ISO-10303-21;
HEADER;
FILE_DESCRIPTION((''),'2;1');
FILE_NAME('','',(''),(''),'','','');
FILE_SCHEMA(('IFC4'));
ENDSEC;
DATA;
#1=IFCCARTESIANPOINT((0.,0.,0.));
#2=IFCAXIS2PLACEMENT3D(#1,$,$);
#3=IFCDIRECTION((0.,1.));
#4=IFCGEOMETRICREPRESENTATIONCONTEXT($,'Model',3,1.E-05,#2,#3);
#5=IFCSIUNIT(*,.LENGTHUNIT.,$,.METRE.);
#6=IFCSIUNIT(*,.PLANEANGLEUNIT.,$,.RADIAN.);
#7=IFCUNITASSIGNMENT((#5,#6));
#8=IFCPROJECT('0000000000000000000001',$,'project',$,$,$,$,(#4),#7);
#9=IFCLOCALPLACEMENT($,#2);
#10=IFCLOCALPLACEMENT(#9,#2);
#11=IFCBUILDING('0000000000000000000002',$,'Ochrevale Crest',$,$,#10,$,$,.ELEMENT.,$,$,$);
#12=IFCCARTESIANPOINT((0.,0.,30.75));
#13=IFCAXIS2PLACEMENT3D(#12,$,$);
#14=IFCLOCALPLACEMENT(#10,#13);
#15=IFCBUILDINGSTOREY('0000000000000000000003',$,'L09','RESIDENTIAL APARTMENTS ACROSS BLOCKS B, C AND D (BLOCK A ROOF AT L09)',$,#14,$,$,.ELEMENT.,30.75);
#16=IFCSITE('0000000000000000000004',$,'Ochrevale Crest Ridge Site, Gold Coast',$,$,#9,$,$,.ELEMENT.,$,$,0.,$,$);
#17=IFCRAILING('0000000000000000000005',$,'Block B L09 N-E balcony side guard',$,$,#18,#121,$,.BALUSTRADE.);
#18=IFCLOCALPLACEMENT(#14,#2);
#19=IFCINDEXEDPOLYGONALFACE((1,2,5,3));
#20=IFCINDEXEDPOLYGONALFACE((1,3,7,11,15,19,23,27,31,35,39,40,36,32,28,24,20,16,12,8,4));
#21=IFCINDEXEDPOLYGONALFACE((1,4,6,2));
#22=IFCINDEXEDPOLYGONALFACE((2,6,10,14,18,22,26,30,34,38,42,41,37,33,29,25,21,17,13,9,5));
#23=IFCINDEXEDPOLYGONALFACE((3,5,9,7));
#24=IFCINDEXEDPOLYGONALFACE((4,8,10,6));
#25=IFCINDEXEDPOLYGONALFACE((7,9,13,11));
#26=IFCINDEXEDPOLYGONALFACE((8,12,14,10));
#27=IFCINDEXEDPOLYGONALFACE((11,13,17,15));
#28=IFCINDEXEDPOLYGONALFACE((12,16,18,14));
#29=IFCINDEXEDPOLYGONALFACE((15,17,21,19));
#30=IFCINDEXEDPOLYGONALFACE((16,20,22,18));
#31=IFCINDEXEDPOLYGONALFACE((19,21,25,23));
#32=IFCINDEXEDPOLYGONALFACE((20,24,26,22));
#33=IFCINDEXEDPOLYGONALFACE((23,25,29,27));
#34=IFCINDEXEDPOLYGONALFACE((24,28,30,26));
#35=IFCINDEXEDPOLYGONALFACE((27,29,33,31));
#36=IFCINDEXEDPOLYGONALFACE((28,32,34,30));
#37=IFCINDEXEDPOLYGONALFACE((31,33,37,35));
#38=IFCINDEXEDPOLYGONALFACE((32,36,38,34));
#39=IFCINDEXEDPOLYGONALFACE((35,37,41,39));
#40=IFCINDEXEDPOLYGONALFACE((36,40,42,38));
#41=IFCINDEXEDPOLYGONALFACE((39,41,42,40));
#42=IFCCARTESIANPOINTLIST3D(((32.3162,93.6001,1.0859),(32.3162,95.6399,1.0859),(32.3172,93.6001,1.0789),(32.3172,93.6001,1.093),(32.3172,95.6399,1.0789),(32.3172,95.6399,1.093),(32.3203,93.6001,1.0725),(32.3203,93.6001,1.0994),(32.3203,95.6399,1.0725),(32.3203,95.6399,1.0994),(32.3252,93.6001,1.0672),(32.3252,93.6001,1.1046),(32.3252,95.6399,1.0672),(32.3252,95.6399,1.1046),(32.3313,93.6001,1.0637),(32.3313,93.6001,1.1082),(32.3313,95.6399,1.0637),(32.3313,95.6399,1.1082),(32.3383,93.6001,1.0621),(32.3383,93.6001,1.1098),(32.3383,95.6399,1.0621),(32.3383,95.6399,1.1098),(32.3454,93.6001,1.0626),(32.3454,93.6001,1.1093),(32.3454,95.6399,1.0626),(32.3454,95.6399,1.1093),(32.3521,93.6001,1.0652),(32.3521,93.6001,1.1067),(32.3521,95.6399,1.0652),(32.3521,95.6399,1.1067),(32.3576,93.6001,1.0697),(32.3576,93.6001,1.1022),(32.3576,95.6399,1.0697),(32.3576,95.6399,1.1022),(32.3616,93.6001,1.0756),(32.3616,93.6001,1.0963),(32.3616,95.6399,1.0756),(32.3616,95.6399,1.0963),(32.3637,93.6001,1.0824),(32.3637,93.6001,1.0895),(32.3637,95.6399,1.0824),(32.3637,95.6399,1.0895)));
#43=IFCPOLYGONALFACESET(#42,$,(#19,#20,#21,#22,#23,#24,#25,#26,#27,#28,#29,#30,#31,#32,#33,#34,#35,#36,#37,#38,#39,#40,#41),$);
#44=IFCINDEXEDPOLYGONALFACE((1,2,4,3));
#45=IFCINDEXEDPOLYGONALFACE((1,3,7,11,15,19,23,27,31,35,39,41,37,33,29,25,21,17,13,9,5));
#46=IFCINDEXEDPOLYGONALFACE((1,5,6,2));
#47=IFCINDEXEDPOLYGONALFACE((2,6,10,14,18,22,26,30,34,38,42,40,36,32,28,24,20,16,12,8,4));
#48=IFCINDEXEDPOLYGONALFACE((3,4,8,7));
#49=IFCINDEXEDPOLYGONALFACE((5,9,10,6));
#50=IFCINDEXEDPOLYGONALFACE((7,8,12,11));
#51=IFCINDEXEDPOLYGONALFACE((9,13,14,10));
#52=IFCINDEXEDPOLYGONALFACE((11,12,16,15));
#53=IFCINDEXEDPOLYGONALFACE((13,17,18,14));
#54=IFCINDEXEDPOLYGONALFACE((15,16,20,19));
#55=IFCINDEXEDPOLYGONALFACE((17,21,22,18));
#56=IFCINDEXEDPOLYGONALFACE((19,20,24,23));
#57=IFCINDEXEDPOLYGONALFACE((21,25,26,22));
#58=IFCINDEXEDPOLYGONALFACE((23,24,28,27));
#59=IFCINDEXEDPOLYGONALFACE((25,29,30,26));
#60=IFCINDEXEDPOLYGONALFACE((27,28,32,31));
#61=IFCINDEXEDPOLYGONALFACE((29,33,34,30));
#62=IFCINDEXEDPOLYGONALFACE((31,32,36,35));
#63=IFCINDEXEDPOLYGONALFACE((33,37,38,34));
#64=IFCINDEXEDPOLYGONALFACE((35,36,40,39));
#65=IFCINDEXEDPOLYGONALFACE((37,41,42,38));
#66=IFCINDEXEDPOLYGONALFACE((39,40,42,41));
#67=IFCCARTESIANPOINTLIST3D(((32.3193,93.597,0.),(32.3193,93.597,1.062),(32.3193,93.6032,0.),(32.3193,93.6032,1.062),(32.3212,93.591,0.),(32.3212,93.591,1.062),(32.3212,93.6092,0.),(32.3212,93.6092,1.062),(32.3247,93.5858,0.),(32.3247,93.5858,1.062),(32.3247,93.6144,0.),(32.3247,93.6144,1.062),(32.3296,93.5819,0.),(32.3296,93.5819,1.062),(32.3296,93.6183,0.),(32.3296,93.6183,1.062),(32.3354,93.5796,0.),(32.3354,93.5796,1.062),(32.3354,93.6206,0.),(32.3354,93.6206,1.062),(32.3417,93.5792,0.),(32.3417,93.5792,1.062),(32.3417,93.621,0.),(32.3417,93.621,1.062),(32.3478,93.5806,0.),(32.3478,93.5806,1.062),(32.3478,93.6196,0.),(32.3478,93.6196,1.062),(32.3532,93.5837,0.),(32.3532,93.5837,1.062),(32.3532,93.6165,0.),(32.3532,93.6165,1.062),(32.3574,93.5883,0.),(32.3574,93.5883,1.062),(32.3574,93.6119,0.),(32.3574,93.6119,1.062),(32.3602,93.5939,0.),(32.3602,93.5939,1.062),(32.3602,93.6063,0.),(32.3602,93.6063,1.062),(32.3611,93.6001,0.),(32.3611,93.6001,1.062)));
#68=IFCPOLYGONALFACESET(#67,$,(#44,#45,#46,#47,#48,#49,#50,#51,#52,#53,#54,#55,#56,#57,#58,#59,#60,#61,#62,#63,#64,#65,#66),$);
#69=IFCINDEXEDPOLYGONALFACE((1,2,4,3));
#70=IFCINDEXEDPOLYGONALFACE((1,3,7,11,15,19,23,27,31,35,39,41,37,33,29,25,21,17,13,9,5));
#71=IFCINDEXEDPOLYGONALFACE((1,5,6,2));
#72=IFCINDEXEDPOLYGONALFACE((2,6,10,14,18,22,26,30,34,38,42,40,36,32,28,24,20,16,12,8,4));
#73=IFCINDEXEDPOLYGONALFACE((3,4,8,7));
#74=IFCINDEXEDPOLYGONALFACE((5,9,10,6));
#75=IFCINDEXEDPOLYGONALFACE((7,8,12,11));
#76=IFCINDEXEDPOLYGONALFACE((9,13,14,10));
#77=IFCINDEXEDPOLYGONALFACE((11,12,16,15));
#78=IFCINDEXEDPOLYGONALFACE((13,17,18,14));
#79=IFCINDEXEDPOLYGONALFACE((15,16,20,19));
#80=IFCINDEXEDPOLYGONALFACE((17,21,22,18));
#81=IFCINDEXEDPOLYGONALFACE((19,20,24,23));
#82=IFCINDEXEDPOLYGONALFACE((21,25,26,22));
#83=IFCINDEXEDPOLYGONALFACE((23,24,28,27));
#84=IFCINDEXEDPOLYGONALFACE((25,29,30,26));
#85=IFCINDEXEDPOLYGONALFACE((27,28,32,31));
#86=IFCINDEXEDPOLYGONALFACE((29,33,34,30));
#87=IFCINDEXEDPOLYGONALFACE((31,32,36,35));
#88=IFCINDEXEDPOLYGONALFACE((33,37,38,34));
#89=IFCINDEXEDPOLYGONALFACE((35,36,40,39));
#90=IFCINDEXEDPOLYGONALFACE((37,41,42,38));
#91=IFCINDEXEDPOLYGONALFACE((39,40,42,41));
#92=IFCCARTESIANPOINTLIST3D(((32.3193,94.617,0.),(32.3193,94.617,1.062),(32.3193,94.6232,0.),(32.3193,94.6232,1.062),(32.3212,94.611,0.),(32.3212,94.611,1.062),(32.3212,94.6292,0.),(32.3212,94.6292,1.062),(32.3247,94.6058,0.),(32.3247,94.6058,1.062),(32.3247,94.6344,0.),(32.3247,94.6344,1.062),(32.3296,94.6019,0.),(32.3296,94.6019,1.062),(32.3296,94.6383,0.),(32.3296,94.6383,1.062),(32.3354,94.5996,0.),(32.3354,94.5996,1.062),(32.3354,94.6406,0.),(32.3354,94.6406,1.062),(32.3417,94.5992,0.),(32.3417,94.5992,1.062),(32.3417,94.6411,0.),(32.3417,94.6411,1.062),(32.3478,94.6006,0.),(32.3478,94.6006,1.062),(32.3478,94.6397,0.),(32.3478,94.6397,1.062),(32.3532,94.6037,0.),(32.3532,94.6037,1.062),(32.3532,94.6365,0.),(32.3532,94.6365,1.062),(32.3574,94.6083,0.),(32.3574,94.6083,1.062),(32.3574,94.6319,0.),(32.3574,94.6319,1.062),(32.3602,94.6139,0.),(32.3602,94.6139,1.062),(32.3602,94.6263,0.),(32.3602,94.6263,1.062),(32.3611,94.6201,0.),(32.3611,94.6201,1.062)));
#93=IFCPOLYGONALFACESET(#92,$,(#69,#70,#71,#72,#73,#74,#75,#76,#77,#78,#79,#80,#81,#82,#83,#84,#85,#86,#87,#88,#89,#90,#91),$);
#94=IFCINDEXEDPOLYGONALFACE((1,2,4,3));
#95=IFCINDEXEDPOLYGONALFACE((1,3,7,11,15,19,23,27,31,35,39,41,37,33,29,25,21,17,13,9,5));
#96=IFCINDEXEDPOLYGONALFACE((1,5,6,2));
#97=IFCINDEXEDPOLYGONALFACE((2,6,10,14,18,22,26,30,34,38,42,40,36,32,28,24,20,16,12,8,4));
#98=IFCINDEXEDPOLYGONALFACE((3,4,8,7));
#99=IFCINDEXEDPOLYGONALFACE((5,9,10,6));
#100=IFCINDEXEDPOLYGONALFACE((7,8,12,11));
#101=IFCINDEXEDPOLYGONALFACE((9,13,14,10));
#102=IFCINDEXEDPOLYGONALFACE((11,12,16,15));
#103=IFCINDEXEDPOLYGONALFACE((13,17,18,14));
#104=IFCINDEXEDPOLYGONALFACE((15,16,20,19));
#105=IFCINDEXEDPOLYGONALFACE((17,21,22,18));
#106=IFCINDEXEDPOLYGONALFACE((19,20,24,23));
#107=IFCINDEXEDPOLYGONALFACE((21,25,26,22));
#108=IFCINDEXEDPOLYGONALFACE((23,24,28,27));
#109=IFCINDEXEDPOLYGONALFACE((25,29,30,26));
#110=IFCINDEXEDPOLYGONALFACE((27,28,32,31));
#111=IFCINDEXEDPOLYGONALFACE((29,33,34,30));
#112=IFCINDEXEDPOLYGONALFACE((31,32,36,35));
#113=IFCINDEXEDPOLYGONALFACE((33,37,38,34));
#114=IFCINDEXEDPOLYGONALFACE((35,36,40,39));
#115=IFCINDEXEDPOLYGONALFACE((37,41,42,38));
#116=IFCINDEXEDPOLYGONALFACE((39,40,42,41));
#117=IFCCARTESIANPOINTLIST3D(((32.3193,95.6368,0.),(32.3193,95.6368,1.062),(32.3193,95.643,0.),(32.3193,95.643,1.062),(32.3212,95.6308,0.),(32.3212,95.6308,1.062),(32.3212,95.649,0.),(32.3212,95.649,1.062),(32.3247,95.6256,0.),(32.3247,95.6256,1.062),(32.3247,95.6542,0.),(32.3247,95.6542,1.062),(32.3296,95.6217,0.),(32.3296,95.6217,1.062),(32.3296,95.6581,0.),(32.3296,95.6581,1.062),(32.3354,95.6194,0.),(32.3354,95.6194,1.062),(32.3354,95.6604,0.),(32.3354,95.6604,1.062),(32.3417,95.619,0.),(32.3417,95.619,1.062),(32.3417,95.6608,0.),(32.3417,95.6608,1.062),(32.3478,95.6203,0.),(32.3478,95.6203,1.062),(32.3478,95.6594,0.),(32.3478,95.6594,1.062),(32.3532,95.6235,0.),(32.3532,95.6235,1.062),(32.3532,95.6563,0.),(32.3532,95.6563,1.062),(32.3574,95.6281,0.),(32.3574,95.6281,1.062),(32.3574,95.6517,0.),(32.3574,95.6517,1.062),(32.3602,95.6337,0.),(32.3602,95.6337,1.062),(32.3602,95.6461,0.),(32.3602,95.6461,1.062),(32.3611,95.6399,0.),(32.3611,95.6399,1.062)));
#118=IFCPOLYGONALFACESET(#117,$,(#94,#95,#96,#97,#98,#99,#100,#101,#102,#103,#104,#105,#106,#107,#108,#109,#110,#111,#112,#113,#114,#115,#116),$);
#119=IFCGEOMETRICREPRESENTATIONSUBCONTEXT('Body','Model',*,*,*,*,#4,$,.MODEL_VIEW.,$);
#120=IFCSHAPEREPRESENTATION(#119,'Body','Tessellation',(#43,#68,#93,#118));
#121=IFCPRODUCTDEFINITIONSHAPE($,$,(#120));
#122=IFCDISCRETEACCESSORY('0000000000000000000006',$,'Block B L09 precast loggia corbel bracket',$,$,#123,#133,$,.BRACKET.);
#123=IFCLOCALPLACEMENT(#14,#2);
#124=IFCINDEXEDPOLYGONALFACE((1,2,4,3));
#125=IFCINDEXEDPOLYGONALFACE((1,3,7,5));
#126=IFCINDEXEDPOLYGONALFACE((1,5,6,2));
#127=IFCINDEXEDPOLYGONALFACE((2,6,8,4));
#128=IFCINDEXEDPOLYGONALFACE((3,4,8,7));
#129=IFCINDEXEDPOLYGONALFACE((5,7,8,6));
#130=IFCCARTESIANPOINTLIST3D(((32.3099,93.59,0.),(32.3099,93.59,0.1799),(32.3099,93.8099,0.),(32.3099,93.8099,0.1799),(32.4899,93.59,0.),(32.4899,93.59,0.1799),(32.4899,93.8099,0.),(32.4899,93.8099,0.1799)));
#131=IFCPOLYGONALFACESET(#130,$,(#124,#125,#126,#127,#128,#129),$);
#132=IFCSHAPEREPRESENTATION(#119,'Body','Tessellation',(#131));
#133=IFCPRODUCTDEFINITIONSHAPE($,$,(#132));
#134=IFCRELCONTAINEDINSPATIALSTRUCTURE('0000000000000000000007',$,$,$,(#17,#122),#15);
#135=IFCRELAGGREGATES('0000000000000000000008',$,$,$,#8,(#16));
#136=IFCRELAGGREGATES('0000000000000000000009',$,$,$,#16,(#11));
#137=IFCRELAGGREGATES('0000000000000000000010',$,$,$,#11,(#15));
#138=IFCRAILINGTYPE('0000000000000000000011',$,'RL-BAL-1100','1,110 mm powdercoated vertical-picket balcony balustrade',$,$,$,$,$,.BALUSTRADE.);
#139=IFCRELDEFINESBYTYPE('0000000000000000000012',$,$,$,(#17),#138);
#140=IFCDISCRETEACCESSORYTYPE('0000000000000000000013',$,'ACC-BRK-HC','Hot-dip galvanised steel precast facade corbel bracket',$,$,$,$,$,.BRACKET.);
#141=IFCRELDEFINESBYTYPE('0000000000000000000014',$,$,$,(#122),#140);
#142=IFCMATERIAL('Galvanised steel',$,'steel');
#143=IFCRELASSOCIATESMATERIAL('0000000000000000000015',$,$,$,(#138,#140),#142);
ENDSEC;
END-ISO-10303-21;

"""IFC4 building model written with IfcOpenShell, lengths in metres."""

from ifc_helpers import new_model, si_unit, direction, frame, origin, origin_2d, place, context, subcontext, project, spatial, rectangle, circle, extrude, material, type_object, element, save


model = new_model("IFC4")

# Units and contexts
model_context = context("Model", 3, precision=1e-05, world=origin(), true_north=direction((0.0, 1.0)))
body_context = subcontext(model_context, "Body", "Model", "MODEL_VIEW")
ifc_project = project(units=[si_unit("LENGTHUNIT", "METRE"), si_unit("PLANEANGLEUNIT", "RADIAN")], contexts=[model_context])

# Site, building, storey
site_placement = place(None, origin())
site = spatial("IfcSite", under=ifc_project, at=site_placement, Name="Ochrevale Crest Ridge Site, Gold Coast", CompositionType="ELEMENT", RefElevation=0.0)
building_placement = place(site_placement, origin())
building = spatial("IfcBuilding", under=site, at=building_placement, Name="Ochrevale Crest", CompositionType="ELEMENT")
storey_placement = place(building_placement, frame((0.0, 0.0, 30.75)))
storey = spatial("IfcBuildingStorey", under=building, at=storey_placement, Name="L09", Description="RESIDENTIAL APARTMENTS ACROSS BLOCKS B, C AND D (BLOCK A ROOF AT L09)", CompositionType="ELEMENT", Elevation=30.75)

# Railing
ifc_material_1 = material(Name="Galvanised steel", Category="steel")
railing_type = type_object("IfcRailingType", Name="RL-BAL-1100", Description="1,110 mm powdercoated vertical-picket balcony balustrade", PredefinedType="BALUSTRADE", material=ifc_material_1)
railing_placement = place(storey_placement, frame((32.3401, 93.6001, 0.0)))
element("IfcRailing", 1, at=railing_placement, inside=storey, type_object=railing_type, Name="Block B L09 N-E balcony side guard", PredefinedType="BALUSTRADE", context=body_context, shape_type="SweptSolid", body=[
    extrude(circle(Radius=0.0239, at=origin_2d()), frame((0.0, 0.0, 1.0859), z_axis=(0.0, 1.0, 0.0), x_axis=(-1.0, 0.0, 0.0)), (0.0, 0.0, 1.0), 2.0398),
    extrude(circle(Radius=0.021, at=origin_2d()), origin(), (0.0, 0.0, 1.0), 1.062),
    extrude(circle(Radius=0.021, at=origin_2d()), frame((0.0, 1.02, 0.0)), (0.0, 0.0, 1.0), 1.062),
    extrude(circle(Radius=0.021, at=origin_2d()), frame((0.0, 2.0398, 0.0)), (0.0, 0.0, 1.0), 1.062),
])

# Discrete accessory
discrete_accessory_type = type_object("IfcDiscreteAccessoryType", Name="ACC-BRK-HC", Description="Hot-dip galvanised steel precast facade corbel bracket", PredefinedType="BRACKET", material=ifc_material_1)
discrete_accessory_placement = place(storey_placement, frame((32.3999, 93.7, 0.0), z_axis=(0.0, 0.0, 1.0), x_axis=(1.0, 0.0, 0.0)))
element("IfcDiscreteAccessory", 2, at=discrete_accessory_placement, inside=storey, type_object=discrete_accessory_type, Name="Block B L09 precast loggia corbel bracket", PredefinedType="BRACKET", context=body_context, shape_type="SweptSolid", body=[
    extrude(rectangle(XDim=0.1799, YDim=0.22, at=origin_2d()), origin(), (0.0, 0.0, 1.0), 0.1799),
])

save(model, "model.ifc")
